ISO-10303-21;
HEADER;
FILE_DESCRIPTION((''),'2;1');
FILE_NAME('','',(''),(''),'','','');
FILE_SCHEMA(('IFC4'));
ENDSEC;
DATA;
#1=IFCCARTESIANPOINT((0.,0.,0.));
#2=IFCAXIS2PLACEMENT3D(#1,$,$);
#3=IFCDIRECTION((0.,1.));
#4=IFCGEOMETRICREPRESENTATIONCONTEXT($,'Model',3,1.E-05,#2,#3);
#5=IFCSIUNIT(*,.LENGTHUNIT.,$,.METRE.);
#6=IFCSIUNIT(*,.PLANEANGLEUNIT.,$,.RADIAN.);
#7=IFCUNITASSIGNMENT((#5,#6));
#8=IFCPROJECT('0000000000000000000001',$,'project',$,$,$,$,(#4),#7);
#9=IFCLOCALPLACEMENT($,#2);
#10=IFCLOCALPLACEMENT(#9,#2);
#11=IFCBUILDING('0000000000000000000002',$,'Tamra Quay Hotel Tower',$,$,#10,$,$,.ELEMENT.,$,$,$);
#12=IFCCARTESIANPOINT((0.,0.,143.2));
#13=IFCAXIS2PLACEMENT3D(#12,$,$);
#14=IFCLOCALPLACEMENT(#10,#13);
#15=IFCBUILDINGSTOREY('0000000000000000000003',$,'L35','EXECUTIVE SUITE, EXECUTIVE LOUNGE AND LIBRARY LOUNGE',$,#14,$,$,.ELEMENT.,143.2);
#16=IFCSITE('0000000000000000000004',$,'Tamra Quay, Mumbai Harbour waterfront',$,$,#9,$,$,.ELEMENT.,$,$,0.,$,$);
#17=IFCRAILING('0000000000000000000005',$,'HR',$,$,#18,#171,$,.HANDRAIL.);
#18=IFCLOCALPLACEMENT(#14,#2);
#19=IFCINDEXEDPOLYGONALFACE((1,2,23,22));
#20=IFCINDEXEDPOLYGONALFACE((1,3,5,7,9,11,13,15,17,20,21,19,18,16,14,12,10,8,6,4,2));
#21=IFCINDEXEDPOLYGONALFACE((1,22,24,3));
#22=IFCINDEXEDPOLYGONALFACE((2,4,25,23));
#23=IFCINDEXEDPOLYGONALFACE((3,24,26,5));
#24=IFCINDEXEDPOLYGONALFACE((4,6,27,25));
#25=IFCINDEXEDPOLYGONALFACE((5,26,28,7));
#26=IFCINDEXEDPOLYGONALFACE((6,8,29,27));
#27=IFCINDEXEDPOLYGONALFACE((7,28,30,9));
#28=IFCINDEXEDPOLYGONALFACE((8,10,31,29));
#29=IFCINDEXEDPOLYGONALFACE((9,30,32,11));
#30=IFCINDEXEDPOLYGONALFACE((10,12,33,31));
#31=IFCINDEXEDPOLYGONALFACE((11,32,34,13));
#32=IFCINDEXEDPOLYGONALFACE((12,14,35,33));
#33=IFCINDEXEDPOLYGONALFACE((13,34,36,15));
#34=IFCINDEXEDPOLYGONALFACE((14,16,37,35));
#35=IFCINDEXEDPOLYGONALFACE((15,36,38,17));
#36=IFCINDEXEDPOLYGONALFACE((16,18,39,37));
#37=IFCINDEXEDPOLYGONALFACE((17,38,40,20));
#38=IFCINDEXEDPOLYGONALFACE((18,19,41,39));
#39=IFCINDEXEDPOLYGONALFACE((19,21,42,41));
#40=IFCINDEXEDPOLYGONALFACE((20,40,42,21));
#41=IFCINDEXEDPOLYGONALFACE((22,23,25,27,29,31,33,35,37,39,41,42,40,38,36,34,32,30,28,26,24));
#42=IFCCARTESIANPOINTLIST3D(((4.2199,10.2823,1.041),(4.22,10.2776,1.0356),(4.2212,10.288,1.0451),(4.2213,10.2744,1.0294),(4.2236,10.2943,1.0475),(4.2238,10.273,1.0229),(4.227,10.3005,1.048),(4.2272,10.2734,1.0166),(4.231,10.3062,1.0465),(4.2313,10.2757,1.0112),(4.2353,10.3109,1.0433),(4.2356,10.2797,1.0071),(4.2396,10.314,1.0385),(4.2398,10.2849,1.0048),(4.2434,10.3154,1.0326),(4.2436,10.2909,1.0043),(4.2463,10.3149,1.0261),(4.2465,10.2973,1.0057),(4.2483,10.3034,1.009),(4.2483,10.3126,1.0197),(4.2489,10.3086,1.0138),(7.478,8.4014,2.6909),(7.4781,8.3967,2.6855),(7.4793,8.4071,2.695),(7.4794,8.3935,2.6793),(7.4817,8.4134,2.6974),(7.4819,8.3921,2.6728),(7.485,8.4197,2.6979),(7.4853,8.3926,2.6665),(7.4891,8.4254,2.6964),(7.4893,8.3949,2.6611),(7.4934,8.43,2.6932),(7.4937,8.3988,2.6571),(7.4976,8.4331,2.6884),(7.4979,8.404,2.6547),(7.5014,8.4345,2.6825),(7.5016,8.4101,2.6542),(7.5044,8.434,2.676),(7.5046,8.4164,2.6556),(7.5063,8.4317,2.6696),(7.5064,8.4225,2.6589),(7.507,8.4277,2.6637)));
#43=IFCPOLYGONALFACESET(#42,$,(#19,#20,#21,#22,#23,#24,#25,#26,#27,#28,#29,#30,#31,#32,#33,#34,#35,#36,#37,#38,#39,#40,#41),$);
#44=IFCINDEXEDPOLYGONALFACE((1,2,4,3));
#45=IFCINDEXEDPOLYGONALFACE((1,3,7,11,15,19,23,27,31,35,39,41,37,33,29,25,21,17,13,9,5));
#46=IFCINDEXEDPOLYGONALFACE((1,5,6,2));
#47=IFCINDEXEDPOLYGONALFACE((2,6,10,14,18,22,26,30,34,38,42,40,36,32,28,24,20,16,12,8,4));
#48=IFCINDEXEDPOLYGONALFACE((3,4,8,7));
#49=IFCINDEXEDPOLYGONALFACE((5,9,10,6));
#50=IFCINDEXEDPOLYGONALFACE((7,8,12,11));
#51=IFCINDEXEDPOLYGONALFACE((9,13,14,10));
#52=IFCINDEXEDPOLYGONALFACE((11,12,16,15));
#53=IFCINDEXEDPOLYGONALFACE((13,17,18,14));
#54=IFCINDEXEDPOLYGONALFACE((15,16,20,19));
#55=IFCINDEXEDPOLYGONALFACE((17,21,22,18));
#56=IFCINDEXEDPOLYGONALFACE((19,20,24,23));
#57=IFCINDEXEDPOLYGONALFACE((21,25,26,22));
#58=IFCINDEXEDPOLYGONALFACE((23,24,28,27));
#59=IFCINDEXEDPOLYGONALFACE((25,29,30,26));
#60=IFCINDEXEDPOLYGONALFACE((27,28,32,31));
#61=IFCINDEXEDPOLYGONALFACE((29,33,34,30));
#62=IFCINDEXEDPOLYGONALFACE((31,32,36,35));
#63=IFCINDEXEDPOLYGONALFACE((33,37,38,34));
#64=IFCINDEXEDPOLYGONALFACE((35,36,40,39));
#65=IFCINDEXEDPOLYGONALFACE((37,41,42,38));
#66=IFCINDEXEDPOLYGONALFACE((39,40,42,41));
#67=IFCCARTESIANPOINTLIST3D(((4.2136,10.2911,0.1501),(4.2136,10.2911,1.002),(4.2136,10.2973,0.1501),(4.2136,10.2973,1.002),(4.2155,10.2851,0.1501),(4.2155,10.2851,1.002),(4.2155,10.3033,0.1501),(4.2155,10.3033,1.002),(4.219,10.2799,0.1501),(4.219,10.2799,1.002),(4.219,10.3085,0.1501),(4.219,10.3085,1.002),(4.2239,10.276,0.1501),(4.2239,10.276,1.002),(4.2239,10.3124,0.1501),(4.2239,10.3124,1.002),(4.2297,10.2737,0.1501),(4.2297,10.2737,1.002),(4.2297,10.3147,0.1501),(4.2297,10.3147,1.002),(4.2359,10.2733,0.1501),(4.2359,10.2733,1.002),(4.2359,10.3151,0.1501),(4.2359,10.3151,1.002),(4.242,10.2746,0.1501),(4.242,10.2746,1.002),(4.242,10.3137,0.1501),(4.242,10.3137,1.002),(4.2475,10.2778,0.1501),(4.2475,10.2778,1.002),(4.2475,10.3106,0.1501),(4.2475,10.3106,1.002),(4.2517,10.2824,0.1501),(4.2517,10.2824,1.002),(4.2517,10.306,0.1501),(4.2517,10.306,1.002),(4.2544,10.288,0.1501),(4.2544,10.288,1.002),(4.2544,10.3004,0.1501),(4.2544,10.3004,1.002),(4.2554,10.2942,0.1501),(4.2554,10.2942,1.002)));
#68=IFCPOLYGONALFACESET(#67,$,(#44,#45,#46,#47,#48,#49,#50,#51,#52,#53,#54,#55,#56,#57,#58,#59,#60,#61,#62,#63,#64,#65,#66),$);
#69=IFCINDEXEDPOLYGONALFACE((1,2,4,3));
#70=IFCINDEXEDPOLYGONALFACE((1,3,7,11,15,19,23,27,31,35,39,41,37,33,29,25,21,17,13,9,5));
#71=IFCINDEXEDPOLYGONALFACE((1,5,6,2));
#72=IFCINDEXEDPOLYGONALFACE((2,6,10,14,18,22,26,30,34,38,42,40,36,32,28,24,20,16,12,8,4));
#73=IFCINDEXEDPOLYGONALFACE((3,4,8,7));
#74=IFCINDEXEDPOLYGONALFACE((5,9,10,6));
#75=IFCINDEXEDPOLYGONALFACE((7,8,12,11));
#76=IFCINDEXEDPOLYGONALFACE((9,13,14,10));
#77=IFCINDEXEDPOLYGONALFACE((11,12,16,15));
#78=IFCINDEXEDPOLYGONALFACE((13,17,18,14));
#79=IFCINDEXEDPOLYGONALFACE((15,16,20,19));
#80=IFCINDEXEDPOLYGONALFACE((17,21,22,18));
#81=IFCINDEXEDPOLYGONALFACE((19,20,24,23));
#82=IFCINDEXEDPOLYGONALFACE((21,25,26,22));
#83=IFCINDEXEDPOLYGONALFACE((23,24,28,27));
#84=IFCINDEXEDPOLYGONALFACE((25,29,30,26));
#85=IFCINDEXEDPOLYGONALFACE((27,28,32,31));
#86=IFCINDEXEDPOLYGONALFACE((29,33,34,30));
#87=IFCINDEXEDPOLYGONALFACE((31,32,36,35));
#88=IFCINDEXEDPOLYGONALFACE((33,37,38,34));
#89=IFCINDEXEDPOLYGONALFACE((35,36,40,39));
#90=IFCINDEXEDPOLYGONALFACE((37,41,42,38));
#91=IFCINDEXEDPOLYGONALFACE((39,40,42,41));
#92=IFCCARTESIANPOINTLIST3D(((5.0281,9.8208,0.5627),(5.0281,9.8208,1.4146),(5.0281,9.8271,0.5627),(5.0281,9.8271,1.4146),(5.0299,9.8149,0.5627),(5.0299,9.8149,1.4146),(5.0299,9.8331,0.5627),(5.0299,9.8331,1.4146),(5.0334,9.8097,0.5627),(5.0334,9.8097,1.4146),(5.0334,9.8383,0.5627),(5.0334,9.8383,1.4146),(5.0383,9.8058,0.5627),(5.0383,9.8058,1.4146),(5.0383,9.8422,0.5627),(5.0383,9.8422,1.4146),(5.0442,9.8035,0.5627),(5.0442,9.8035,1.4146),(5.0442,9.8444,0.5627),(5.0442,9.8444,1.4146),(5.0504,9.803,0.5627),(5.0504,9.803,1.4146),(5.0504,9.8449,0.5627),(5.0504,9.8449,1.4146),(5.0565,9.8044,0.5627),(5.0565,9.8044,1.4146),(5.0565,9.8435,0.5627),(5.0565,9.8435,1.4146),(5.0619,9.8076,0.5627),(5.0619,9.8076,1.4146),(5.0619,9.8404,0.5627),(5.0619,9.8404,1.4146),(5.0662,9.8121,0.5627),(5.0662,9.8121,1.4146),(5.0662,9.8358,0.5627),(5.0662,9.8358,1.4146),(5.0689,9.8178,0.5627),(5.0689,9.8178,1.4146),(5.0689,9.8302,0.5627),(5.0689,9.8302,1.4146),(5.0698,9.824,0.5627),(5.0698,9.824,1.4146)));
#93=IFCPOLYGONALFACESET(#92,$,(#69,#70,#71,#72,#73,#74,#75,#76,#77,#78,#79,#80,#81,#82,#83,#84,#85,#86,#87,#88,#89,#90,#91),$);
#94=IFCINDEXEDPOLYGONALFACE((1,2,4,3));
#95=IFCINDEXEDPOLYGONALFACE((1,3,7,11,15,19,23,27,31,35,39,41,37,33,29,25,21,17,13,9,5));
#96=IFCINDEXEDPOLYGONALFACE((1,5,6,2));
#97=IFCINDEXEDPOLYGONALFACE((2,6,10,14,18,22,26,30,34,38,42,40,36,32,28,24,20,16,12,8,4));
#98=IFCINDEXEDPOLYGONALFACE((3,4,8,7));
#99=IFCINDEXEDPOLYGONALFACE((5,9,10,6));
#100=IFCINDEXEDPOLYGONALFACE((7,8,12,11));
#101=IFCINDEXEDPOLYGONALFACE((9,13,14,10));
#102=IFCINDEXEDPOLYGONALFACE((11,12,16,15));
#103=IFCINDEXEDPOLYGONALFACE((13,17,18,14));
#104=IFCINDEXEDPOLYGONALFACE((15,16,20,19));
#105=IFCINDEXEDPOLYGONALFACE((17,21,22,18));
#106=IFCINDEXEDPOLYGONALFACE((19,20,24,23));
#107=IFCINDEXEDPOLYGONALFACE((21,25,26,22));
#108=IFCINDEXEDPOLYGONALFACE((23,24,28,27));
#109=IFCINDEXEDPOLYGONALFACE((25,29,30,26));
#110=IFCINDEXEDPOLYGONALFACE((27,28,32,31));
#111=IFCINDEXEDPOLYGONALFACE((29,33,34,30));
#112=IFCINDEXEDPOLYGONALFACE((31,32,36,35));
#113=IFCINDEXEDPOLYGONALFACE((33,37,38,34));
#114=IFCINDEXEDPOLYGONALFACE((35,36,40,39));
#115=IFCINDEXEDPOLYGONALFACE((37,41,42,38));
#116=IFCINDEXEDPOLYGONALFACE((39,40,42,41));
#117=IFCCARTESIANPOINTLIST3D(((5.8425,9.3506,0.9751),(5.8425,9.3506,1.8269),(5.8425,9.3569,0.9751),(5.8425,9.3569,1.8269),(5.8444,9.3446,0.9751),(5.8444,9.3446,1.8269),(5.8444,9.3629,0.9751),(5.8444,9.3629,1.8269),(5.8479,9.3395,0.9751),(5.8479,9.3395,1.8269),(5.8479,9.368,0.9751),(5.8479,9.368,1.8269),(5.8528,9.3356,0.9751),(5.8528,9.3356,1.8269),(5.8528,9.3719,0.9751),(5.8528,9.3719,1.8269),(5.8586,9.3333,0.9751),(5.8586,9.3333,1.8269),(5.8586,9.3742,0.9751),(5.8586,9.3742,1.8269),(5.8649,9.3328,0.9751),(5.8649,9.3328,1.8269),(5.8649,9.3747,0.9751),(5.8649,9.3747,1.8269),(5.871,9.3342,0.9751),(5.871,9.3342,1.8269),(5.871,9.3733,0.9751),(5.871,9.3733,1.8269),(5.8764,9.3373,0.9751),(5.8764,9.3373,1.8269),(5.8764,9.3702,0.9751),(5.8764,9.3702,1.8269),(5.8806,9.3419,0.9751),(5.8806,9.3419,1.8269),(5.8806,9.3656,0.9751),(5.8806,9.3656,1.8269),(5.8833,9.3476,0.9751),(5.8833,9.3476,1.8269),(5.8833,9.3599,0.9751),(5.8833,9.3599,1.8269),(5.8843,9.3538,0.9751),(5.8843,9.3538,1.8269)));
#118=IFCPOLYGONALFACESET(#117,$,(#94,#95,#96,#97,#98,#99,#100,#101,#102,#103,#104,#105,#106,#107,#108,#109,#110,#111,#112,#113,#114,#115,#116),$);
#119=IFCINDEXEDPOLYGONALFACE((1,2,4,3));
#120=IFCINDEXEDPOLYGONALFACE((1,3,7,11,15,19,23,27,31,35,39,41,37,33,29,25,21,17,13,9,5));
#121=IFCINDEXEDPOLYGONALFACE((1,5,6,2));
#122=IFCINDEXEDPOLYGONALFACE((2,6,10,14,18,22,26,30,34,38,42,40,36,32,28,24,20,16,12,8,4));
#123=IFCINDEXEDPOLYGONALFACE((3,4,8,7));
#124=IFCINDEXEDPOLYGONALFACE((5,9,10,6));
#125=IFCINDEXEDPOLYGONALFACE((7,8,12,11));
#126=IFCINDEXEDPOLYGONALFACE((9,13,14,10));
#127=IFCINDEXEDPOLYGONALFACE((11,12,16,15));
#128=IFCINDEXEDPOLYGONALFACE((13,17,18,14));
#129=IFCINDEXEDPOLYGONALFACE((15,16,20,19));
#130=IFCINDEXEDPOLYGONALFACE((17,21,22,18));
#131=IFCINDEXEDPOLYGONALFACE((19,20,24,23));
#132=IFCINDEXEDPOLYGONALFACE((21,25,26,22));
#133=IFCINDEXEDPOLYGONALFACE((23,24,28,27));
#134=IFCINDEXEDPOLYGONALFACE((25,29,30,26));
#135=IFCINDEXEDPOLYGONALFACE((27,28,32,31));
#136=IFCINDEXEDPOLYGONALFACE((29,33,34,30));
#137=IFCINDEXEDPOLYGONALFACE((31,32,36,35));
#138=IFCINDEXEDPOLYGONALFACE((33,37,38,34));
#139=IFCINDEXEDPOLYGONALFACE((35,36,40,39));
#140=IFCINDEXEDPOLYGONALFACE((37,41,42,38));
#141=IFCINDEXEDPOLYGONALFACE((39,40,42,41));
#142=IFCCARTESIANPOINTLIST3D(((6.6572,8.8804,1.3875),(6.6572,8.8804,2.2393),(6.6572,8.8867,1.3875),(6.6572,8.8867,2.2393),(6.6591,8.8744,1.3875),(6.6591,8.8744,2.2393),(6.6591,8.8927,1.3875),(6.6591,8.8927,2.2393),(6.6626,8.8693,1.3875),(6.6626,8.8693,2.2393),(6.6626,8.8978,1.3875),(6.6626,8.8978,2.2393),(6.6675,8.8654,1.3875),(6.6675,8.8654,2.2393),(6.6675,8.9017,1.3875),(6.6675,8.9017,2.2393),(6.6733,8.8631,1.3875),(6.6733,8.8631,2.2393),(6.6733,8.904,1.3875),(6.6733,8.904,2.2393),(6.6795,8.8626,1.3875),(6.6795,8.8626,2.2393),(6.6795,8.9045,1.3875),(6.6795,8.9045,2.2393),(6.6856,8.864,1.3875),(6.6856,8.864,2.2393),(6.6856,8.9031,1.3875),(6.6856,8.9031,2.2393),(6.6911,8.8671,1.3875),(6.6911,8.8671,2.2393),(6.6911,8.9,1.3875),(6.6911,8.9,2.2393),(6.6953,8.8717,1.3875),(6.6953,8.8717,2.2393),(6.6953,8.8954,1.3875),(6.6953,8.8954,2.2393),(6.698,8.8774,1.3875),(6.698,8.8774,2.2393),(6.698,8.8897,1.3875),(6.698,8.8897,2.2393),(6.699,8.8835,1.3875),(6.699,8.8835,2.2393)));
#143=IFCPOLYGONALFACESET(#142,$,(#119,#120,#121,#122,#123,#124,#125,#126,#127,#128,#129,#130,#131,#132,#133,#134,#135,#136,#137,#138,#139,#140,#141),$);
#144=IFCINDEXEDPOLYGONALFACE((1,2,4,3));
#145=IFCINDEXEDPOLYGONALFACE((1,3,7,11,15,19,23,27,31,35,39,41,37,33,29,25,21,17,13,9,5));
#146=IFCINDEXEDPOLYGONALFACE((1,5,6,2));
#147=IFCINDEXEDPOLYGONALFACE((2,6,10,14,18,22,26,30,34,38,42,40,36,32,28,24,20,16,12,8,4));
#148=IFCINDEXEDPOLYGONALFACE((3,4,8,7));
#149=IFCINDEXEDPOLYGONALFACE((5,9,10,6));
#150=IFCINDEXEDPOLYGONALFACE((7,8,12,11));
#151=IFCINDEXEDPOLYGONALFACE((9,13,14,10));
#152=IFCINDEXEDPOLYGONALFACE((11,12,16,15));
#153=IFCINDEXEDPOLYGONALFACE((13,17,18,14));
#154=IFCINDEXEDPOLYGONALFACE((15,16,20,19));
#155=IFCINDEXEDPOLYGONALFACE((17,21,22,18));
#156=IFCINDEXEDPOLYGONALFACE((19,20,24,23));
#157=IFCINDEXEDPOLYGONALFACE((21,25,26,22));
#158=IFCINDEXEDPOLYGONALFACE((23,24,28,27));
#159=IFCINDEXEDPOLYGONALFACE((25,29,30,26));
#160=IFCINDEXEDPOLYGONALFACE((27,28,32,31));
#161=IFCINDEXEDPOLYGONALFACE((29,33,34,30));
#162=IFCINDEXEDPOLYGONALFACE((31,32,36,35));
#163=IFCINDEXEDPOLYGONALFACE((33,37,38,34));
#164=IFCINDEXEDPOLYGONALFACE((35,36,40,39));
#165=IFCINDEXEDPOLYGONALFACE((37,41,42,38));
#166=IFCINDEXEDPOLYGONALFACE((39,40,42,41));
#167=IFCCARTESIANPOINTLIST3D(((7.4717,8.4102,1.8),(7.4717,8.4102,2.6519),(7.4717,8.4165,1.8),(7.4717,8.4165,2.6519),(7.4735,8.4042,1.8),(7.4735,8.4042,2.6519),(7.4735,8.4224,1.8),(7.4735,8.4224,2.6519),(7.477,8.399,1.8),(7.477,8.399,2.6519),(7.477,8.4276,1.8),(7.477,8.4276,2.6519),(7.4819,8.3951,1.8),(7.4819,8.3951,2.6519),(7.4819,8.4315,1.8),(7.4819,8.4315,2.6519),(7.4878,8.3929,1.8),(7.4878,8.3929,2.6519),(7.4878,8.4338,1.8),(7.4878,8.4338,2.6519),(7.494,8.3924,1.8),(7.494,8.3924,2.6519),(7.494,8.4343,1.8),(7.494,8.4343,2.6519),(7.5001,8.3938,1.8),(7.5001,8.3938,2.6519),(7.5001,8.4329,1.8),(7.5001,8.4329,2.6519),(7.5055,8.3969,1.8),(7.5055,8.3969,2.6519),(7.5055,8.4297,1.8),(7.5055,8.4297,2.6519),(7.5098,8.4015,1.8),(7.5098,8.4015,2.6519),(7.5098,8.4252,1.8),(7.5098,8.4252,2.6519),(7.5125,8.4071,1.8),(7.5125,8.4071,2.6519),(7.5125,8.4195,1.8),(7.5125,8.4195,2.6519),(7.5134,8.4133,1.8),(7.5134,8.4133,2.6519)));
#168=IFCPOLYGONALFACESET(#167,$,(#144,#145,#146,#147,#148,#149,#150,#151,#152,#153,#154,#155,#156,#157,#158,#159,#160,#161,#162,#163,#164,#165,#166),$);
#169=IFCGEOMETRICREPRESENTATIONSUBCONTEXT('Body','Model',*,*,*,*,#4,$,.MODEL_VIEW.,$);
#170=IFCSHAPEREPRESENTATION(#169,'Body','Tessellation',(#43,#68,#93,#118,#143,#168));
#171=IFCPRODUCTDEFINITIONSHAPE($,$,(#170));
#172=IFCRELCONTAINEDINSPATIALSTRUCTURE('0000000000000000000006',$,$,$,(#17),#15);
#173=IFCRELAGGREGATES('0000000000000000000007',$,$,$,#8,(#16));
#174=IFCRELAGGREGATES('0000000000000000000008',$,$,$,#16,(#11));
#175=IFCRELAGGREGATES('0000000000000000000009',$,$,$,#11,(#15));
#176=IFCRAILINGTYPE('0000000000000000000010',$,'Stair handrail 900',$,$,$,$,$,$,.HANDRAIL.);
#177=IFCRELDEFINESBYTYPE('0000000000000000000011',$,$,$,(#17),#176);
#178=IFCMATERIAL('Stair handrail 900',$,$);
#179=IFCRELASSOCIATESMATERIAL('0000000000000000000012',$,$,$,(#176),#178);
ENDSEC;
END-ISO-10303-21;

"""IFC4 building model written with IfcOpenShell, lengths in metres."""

from ifc_helpers import new_model, si_unit, direction, frame, origin, origin_2d, place, context, subcontext, project, spatial, circle, extrude, material, type_object, element, save


model = new_model("IFC4")

# Units and contexts
model_context = context("Model", 3, precision=1e-05, world=origin(), true_north=direction((0.0, 1.0)))
body_context = subcontext(model_context, "Body", "Model", "MODEL_VIEW")
ifc_project = project(units=[si_unit("LENGTHUNIT", "METRE"), si_unit("PLANEANGLEUNIT", "RADIAN")], contexts=[model_context])

# Site, building, storey
site_placement = place(None, origin())
site = spatial("IfcSite", under=ifc_project, at=site_placement, Name="Tamra Quay, Mumbai Harbour waterfront", CompositionType="ELEMENT", RefElevation=0.0)
building_placement = place(site_placement, origin())
building = spatial("IfcBuilding", under=site, at=building_placement, Name="Tamra Quay Hotel Tower", CompositionType="ELEMENT")
storey_placement = place(building_placement, frame((0.0, 0.0, 143.2)))
storey = spatial("IfcBuildingStorey", under=building, at=storey_placement, Name="L35", Description="EXECUTIVE SUITE, EXECUTIVE LOUNGE AND LIBRARY LOUNGE", CompositionType="ELEMENT", Elevation=143.2)

# Railing
ifc_material_1 = material(Name="Stair handrail 900")
railing_type_1 = type_object("IfcRailingType", Name="Stair handrail 900", PredefinedType="HANDRAIL", material=ifc_material_1)
railing_1_placement = place(storey_placement, frame((4.2344, 10.2942, 0.1501)))
element("IfcRailing", 1, at=railing_1_placement, inside=storey, type_object=railing_type_1, Name="HR", PredefinedType="HANDRAIL", context=body_context, shape_type="SweptSolid", body=[
    extrude(circle(Radius=0.0239, at=origin_2d()), frame((0.0, 0.0, 0.876), z_axis=(0.793122, -0.457865, 0.401642), x_axis=(0.499964, 0.866046, 0.0)), (0.0, 0.0, 1.0), 4.1079),
    extrude(circle(Radius=0.021, at=origin_2d()), origin(), (0.0, 0.0, 1.0), 0.8518),
    extrude(circle(Radius=0.021, at=origin_2d()), frame((0.8145, -0.4702, 0.4126)), (0.0, 0.0, 1.0), 0.8518),
    extrude(circle(Radius=0.021, at=origin_2d()), frame((1.6289, -0.9404, 0.825)), (0.0, 0.0, 1.0), 0.8518),
    extrude(circle(Radius=0.021, at=origin_2d()), frame((2.4436, -1.4106, 1.2373)), (0.0, 0.0, 1.0), 0.8518),
    extrude(circle(Radius=0.021, at=origin_2d()), frame((3.2581, -1.8809, 1.6499)), (0.0, 0.0, 1.0), 0.8518),
])

save(model, "model.ifc")
